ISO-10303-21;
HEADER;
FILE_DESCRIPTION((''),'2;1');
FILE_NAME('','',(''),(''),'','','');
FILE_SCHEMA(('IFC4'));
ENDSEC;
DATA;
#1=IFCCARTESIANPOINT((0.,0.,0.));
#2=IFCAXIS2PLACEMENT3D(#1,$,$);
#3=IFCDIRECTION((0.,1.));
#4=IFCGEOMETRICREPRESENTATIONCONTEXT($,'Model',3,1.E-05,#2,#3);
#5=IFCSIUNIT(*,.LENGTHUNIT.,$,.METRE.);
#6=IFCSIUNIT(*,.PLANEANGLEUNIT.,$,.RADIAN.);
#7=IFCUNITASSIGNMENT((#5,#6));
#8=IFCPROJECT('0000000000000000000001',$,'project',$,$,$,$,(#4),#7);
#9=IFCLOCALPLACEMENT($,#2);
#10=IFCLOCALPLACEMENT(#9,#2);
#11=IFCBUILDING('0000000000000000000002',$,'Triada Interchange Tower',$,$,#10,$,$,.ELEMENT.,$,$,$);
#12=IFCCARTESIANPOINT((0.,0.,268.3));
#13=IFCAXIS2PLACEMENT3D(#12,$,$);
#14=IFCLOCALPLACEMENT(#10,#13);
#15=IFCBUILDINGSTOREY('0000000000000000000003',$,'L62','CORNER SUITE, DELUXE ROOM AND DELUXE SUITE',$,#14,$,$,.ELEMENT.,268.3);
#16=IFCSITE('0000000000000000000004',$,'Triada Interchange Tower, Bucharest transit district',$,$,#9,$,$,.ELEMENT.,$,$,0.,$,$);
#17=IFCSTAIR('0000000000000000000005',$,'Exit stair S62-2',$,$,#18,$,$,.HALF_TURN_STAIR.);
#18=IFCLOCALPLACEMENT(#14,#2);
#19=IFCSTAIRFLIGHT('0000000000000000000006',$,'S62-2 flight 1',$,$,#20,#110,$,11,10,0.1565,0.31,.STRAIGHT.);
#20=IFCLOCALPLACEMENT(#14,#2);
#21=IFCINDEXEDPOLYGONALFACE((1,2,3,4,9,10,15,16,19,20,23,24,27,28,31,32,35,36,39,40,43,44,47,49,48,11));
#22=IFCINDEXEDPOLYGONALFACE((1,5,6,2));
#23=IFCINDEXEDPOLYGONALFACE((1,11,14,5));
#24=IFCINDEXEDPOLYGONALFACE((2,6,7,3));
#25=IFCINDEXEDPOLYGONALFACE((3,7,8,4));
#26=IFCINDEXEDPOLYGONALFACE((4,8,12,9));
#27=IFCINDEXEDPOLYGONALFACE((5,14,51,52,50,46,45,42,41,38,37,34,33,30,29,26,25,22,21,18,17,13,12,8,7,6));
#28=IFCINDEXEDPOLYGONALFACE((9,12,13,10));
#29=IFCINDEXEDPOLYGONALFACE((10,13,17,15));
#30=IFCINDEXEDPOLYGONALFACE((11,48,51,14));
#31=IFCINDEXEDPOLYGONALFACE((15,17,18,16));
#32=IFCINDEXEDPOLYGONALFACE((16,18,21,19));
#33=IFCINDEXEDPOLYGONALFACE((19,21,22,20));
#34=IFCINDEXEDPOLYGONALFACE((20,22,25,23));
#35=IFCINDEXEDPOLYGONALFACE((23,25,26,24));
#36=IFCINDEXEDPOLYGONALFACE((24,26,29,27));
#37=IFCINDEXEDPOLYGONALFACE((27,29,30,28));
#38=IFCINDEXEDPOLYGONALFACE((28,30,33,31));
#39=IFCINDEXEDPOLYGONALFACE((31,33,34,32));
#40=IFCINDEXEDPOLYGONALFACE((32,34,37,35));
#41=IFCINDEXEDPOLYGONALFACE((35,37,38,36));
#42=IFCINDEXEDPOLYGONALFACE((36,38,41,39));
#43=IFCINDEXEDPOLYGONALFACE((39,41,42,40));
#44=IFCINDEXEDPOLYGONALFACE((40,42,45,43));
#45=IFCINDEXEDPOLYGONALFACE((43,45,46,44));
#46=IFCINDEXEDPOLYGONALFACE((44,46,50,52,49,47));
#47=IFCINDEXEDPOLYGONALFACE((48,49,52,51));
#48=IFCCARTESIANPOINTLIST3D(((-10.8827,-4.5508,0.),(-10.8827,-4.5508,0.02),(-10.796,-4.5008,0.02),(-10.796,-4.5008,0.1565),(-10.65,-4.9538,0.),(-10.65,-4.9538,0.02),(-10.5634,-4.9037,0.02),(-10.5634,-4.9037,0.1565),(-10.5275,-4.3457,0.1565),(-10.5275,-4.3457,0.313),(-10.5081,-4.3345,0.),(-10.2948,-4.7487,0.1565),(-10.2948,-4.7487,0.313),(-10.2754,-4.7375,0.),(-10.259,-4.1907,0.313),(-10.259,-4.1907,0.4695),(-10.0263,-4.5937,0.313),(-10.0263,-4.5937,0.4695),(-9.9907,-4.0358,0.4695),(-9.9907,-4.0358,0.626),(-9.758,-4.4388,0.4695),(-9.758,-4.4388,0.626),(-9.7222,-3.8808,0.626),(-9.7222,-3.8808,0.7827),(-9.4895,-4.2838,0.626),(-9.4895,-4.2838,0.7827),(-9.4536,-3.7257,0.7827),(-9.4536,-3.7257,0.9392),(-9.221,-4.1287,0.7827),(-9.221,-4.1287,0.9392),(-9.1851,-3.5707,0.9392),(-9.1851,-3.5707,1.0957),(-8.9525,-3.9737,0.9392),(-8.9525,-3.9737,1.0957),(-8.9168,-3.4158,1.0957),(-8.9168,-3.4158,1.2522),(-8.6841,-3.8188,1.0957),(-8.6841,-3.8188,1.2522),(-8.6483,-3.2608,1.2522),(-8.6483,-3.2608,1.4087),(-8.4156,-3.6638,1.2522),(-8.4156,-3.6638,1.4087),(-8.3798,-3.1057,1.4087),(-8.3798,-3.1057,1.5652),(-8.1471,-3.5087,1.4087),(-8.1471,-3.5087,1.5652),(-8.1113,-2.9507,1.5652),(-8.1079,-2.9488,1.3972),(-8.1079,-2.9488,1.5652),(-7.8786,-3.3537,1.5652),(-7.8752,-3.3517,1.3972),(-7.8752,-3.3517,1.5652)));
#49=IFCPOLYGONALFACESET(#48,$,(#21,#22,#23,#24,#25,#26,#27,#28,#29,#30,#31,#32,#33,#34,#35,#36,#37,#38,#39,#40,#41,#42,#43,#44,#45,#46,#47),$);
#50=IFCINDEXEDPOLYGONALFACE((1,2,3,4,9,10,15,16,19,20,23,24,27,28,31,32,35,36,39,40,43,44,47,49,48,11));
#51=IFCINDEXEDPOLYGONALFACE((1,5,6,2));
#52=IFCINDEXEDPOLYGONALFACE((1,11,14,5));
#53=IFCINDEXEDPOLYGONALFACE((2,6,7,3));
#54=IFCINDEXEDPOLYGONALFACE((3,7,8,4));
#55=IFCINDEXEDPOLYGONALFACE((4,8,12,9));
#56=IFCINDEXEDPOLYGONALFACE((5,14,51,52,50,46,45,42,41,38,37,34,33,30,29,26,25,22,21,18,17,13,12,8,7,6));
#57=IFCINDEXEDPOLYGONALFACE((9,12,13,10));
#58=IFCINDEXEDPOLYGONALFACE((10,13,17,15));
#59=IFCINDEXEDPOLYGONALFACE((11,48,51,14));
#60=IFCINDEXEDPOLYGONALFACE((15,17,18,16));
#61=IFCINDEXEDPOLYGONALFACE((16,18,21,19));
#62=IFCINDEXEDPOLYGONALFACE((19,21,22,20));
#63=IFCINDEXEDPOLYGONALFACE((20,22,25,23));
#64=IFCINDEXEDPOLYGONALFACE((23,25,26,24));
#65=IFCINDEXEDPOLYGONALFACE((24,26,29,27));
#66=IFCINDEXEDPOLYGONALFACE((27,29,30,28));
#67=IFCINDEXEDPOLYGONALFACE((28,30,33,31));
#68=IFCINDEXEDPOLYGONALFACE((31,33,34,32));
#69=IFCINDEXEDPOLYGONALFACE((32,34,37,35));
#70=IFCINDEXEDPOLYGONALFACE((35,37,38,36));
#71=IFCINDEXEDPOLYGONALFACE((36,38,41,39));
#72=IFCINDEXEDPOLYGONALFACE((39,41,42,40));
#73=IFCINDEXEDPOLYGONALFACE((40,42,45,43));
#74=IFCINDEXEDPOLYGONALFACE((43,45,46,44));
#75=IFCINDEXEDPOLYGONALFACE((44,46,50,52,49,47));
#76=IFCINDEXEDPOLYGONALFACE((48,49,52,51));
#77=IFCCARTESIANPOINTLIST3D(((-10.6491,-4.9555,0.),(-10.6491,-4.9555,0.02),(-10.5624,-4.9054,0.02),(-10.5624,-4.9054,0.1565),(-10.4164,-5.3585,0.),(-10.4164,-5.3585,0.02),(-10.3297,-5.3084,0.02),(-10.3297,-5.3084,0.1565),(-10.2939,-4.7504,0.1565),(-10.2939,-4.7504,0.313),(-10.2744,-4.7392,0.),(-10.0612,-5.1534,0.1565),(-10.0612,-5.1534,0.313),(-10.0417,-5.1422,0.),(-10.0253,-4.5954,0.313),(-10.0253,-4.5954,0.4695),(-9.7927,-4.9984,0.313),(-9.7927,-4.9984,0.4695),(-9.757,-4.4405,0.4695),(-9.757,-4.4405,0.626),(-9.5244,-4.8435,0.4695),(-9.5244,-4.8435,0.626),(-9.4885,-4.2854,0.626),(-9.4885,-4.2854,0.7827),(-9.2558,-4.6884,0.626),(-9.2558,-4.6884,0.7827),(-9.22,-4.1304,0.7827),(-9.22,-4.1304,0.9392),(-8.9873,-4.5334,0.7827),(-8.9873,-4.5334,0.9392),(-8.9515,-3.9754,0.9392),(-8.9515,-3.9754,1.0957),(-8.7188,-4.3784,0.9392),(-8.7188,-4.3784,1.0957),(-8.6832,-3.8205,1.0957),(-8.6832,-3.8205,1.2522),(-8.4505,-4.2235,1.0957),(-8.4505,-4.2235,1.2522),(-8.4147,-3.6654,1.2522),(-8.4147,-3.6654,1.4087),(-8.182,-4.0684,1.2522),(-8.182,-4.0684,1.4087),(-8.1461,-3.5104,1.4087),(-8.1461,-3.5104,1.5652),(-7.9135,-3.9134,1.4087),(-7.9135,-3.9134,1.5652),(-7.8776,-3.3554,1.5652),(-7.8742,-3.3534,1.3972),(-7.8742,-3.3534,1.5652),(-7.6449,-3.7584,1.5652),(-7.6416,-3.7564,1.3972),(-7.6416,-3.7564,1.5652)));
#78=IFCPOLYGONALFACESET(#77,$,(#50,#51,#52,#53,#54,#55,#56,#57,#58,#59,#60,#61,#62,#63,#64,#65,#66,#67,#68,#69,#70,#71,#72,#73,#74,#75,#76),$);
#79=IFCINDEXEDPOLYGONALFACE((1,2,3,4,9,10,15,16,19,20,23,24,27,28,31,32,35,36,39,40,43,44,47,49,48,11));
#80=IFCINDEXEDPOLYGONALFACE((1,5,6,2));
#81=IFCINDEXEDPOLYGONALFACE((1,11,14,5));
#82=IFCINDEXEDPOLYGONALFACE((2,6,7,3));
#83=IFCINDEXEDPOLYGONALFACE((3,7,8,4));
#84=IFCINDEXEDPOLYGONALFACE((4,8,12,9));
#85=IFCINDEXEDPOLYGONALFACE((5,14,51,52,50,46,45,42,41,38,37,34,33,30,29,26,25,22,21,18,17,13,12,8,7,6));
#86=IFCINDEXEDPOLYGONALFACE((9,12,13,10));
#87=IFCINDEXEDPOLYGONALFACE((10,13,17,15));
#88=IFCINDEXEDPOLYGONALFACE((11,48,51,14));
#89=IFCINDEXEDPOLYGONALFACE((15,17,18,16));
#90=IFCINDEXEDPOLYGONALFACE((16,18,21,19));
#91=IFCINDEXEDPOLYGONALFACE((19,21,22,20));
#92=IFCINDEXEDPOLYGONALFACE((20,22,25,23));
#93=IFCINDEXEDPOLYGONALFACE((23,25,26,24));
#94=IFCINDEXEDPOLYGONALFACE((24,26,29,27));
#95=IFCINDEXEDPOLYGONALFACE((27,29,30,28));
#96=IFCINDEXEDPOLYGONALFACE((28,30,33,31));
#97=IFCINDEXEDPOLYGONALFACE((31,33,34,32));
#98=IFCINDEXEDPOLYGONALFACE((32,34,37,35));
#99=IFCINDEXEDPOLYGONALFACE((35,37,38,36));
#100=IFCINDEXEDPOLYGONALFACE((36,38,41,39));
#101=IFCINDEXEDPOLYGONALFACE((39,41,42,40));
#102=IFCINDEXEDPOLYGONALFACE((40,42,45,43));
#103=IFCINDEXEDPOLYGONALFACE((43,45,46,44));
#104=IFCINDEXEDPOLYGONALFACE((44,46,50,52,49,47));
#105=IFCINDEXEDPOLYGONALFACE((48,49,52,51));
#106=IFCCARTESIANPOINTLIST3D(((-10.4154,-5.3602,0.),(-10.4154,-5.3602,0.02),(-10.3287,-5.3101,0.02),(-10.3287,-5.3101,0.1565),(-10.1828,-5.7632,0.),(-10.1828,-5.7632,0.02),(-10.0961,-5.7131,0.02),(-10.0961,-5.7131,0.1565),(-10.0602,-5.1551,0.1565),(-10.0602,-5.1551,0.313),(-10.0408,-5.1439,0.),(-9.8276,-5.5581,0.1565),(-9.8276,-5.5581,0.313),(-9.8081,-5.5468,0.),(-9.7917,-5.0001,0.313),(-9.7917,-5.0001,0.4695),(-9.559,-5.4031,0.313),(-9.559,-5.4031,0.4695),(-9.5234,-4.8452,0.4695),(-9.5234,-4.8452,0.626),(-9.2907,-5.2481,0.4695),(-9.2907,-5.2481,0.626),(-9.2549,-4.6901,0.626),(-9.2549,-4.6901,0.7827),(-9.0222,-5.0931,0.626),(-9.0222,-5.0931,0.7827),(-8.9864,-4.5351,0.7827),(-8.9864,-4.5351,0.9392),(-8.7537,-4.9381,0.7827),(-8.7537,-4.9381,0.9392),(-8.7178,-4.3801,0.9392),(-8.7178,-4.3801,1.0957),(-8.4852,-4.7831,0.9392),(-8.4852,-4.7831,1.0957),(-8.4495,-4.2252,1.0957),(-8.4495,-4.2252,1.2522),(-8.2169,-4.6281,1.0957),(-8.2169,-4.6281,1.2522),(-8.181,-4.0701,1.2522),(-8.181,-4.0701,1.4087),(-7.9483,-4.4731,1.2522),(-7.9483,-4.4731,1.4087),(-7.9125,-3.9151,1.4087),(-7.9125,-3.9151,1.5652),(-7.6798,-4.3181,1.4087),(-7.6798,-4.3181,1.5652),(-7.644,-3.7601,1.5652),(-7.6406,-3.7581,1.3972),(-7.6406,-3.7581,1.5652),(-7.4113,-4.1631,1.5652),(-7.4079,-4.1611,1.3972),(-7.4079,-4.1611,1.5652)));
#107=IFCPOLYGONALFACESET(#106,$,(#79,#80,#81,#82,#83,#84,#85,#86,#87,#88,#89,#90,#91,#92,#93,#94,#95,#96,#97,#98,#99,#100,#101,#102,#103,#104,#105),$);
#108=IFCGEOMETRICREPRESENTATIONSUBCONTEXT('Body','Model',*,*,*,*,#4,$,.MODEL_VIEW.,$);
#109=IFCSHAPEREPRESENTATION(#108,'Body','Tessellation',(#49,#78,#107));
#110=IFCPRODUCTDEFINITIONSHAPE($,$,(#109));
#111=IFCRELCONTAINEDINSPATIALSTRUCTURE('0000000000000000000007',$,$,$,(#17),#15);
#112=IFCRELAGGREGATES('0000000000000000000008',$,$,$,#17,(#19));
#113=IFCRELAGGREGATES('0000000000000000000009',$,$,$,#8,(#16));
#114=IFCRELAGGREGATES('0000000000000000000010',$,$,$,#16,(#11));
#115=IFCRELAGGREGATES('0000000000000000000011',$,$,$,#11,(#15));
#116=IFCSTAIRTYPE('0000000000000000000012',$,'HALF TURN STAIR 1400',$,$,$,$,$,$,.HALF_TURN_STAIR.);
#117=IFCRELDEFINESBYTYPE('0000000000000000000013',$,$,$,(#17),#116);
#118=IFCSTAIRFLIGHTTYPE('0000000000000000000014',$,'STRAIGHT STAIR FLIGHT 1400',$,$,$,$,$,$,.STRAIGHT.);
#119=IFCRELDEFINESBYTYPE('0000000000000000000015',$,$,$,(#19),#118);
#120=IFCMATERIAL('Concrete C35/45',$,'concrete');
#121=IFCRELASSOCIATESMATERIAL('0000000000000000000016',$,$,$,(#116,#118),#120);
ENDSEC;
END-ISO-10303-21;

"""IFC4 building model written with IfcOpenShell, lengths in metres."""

from ifc_helpers import new_model, si_unit, direction, frame, origin, place, context, subcontext, project, spatial, polyline, outline, extrude, material, type_object, element, aggregate, save


model = new_model("IFC4")

# Units and contexts
model_context = context("Model", 3, precision=1e-05, world=origin(), true_north=direction((0.0, 1.0)))
body_context = subcontext(model_context, "Body", "Model", "MODEL_VIEW")
ifc_project = project(units=[si_unit("LENGTHUNIT", "METRE"), si_unit("PLANEANGLEUNIT", "RADIAN")], contexts=[model_context])

# Site, building, storey
site_placement = place(None, origin())
site = spatial("IfcSite", under=ifc_project, at=site_placement, Name="Triada Interchange Tower, Bucharest transit district", CompositionType="ELEMENT", RefElevation=0.0)
building_placement = place(site_placement, origin())
building = spatial("IfcBuilding", under=site, at=building_placement, Name="Triada Interchange Tower", CompositionType="ELEMENT")
storey_placement = place(building_placement, frame((0.0, 0.0, 268.3)))
storey = spatial("IfcBuildingStorey", under=building, at=storey_placement, Name="L62", Description="CORNER SUITE, DELUXE ROOM AND DELUXE SUITE", CompositionType="ELEMENT", Elevation=268.3)

# Stair, stair flight
ifc_material_1 = material(Name="Concrete C35/45", Category="concrete")
stair_type = type_object("IfcStairType", Name="HALF TURN STAIR 1400", PredefinedType="HALF_TURN_STAIR", material=ifc_material_1)
stair_placement = place(storey_placement, origin())
stair = element("IfcStair", 1, at=stair_placement, inside=storey, type_object=stair_type, Name="Exit stair S62-2", PredefinedType="HALF_TURN_STAIR")
stair_flight_type = type_object("IfcStairFlightType", Name="STRAIGHT STAIR FLIGHT 1400", PredefinedType="STRAIGHT", material=ifc_material_1)
stair_flight_1_placement = place(storey_placement, frame((-10.446, -5.1069, 0.0), z_axis=(0.0, 0.0, 1.0), x_axis=(0.866025, 0.5, 0.0)))
stair_flight_1 = element("IfcStairFlight", 2, at=stair_flight_1_placement, type_object=stair_flight_type, Name="S62-2 flight 1", NumberOfRisers=11, NumberOfTreads=10, PredefinedType="STRAIGHT", RiserHeight=0.1565, TreadLength=0.31, context=body_context, shape_type="SweptSolid", body=[
    extrude(outline(polyline([(-0.1001, 0.0), (-0.1001, 0.02), (0.0, 0.02), (0.0, 0.1565), (0.3101, 0.1565), (0.3101, 0.313), (0.6201, 0.313), (0.6201, 0.4695), (0.9299, 0.4695), (0.9299, 0.626), (1.24, 0.626), (1.24, 0.7827), (1.55, 0.7827), (1.55, 0.9392), (1.8601, 0.9392), (1.8601, 1.0957), (2.1699, 1.0957), (2.1699, 1.2522), (2.48, 1.2522), (2.48, 1.4087), (2.79, 1.4087), (2.79, 1.5652), (3.1001, 1.5652), (3.104, 1.5652), (3.104, 1.7217), (3.104, 1.3972), (0.3325, 0.0), (-0.1001, 0.0)])), frame((0.0, 0.7, 0.0), z_axis=(0.0, -1.0, 0.0), x_axis=(1.0, 0.0, 0.0)), (0.0, 0.0, 1.0), 0.4653),
    extrude(outline(polyline([(-0.1001, 0.0), (-0.1001, 0.02), (0.0, 0.02), (0.0, 0.1565), (0.3101, 0.1565), (0.3101, 0.313), (0.6201, 0.313), (0.6201, 0.4695), (0.9299, 0.4695), (0.9299, 0.626), (1.24, 0.626), (1.24, 0.7827), (1.55, 0.7827), (1.55, 0.9392), (1.8601, 0.9392), (1.8601, 1.0957), (2.1699, 1.0957), (2.1699, 1.2522), (2.48, 1.2522), (2.48, 1.4087), (2.79, 1.4087), (2.79, 1.5652), (3.1001, 1.5652), (3.104, 1.5652), (3.104, 1.7217), (3.104, 1.3972), (0.3325, 0.0), (-0.1001, 0.0)])), frame((0.0, 0.2327, 0.0), z_axis=(0.0, -1.0, 0.0), x_axis=(1.0, 0.0, 0.0)), (0.0, 0.0, 1.0), 0.4653),
    extrude(outline(polyline([(-0.1001, 0.0), (-0.1001, 0.02), (0.0, 0.02), (0.0, 0.1565), (0.3101, 0.1565), (0.3101, 0.313), (0.6201, 0.313), (0.6201, 0.4695), (0.9299, 0.4695), (0.9299, 0.626), (1.24, 0.626), (1.24, 0.7827), (1.55, 0.7827), (1.55, 0.9392), (1.8601, 0.9392), (1.8601, 1.0957), (2.1699, 1.0957), (2.1699, 1.2522), (2.48, 1.2522), (2.48, 1.4087), (2.79, 1.4087), (2.79, 1.5652), (3.1001, 1.5652), (3.104, 1.5652), (3.104, 1.7217), (3.104, 1.3972), (0.3325, 0.0), (-0.1001, 0.0)])), frame((0.0, -0.2346, 0.0), z_axis=(0.0, -1.0, 0.0), x_axis=(1.0, 0.0, 0.0)), (0.0, 0.0, 1.0), 0.4653),
])
aggregate(stair, [stair_flight_1])

save(model, "model.ifc")
